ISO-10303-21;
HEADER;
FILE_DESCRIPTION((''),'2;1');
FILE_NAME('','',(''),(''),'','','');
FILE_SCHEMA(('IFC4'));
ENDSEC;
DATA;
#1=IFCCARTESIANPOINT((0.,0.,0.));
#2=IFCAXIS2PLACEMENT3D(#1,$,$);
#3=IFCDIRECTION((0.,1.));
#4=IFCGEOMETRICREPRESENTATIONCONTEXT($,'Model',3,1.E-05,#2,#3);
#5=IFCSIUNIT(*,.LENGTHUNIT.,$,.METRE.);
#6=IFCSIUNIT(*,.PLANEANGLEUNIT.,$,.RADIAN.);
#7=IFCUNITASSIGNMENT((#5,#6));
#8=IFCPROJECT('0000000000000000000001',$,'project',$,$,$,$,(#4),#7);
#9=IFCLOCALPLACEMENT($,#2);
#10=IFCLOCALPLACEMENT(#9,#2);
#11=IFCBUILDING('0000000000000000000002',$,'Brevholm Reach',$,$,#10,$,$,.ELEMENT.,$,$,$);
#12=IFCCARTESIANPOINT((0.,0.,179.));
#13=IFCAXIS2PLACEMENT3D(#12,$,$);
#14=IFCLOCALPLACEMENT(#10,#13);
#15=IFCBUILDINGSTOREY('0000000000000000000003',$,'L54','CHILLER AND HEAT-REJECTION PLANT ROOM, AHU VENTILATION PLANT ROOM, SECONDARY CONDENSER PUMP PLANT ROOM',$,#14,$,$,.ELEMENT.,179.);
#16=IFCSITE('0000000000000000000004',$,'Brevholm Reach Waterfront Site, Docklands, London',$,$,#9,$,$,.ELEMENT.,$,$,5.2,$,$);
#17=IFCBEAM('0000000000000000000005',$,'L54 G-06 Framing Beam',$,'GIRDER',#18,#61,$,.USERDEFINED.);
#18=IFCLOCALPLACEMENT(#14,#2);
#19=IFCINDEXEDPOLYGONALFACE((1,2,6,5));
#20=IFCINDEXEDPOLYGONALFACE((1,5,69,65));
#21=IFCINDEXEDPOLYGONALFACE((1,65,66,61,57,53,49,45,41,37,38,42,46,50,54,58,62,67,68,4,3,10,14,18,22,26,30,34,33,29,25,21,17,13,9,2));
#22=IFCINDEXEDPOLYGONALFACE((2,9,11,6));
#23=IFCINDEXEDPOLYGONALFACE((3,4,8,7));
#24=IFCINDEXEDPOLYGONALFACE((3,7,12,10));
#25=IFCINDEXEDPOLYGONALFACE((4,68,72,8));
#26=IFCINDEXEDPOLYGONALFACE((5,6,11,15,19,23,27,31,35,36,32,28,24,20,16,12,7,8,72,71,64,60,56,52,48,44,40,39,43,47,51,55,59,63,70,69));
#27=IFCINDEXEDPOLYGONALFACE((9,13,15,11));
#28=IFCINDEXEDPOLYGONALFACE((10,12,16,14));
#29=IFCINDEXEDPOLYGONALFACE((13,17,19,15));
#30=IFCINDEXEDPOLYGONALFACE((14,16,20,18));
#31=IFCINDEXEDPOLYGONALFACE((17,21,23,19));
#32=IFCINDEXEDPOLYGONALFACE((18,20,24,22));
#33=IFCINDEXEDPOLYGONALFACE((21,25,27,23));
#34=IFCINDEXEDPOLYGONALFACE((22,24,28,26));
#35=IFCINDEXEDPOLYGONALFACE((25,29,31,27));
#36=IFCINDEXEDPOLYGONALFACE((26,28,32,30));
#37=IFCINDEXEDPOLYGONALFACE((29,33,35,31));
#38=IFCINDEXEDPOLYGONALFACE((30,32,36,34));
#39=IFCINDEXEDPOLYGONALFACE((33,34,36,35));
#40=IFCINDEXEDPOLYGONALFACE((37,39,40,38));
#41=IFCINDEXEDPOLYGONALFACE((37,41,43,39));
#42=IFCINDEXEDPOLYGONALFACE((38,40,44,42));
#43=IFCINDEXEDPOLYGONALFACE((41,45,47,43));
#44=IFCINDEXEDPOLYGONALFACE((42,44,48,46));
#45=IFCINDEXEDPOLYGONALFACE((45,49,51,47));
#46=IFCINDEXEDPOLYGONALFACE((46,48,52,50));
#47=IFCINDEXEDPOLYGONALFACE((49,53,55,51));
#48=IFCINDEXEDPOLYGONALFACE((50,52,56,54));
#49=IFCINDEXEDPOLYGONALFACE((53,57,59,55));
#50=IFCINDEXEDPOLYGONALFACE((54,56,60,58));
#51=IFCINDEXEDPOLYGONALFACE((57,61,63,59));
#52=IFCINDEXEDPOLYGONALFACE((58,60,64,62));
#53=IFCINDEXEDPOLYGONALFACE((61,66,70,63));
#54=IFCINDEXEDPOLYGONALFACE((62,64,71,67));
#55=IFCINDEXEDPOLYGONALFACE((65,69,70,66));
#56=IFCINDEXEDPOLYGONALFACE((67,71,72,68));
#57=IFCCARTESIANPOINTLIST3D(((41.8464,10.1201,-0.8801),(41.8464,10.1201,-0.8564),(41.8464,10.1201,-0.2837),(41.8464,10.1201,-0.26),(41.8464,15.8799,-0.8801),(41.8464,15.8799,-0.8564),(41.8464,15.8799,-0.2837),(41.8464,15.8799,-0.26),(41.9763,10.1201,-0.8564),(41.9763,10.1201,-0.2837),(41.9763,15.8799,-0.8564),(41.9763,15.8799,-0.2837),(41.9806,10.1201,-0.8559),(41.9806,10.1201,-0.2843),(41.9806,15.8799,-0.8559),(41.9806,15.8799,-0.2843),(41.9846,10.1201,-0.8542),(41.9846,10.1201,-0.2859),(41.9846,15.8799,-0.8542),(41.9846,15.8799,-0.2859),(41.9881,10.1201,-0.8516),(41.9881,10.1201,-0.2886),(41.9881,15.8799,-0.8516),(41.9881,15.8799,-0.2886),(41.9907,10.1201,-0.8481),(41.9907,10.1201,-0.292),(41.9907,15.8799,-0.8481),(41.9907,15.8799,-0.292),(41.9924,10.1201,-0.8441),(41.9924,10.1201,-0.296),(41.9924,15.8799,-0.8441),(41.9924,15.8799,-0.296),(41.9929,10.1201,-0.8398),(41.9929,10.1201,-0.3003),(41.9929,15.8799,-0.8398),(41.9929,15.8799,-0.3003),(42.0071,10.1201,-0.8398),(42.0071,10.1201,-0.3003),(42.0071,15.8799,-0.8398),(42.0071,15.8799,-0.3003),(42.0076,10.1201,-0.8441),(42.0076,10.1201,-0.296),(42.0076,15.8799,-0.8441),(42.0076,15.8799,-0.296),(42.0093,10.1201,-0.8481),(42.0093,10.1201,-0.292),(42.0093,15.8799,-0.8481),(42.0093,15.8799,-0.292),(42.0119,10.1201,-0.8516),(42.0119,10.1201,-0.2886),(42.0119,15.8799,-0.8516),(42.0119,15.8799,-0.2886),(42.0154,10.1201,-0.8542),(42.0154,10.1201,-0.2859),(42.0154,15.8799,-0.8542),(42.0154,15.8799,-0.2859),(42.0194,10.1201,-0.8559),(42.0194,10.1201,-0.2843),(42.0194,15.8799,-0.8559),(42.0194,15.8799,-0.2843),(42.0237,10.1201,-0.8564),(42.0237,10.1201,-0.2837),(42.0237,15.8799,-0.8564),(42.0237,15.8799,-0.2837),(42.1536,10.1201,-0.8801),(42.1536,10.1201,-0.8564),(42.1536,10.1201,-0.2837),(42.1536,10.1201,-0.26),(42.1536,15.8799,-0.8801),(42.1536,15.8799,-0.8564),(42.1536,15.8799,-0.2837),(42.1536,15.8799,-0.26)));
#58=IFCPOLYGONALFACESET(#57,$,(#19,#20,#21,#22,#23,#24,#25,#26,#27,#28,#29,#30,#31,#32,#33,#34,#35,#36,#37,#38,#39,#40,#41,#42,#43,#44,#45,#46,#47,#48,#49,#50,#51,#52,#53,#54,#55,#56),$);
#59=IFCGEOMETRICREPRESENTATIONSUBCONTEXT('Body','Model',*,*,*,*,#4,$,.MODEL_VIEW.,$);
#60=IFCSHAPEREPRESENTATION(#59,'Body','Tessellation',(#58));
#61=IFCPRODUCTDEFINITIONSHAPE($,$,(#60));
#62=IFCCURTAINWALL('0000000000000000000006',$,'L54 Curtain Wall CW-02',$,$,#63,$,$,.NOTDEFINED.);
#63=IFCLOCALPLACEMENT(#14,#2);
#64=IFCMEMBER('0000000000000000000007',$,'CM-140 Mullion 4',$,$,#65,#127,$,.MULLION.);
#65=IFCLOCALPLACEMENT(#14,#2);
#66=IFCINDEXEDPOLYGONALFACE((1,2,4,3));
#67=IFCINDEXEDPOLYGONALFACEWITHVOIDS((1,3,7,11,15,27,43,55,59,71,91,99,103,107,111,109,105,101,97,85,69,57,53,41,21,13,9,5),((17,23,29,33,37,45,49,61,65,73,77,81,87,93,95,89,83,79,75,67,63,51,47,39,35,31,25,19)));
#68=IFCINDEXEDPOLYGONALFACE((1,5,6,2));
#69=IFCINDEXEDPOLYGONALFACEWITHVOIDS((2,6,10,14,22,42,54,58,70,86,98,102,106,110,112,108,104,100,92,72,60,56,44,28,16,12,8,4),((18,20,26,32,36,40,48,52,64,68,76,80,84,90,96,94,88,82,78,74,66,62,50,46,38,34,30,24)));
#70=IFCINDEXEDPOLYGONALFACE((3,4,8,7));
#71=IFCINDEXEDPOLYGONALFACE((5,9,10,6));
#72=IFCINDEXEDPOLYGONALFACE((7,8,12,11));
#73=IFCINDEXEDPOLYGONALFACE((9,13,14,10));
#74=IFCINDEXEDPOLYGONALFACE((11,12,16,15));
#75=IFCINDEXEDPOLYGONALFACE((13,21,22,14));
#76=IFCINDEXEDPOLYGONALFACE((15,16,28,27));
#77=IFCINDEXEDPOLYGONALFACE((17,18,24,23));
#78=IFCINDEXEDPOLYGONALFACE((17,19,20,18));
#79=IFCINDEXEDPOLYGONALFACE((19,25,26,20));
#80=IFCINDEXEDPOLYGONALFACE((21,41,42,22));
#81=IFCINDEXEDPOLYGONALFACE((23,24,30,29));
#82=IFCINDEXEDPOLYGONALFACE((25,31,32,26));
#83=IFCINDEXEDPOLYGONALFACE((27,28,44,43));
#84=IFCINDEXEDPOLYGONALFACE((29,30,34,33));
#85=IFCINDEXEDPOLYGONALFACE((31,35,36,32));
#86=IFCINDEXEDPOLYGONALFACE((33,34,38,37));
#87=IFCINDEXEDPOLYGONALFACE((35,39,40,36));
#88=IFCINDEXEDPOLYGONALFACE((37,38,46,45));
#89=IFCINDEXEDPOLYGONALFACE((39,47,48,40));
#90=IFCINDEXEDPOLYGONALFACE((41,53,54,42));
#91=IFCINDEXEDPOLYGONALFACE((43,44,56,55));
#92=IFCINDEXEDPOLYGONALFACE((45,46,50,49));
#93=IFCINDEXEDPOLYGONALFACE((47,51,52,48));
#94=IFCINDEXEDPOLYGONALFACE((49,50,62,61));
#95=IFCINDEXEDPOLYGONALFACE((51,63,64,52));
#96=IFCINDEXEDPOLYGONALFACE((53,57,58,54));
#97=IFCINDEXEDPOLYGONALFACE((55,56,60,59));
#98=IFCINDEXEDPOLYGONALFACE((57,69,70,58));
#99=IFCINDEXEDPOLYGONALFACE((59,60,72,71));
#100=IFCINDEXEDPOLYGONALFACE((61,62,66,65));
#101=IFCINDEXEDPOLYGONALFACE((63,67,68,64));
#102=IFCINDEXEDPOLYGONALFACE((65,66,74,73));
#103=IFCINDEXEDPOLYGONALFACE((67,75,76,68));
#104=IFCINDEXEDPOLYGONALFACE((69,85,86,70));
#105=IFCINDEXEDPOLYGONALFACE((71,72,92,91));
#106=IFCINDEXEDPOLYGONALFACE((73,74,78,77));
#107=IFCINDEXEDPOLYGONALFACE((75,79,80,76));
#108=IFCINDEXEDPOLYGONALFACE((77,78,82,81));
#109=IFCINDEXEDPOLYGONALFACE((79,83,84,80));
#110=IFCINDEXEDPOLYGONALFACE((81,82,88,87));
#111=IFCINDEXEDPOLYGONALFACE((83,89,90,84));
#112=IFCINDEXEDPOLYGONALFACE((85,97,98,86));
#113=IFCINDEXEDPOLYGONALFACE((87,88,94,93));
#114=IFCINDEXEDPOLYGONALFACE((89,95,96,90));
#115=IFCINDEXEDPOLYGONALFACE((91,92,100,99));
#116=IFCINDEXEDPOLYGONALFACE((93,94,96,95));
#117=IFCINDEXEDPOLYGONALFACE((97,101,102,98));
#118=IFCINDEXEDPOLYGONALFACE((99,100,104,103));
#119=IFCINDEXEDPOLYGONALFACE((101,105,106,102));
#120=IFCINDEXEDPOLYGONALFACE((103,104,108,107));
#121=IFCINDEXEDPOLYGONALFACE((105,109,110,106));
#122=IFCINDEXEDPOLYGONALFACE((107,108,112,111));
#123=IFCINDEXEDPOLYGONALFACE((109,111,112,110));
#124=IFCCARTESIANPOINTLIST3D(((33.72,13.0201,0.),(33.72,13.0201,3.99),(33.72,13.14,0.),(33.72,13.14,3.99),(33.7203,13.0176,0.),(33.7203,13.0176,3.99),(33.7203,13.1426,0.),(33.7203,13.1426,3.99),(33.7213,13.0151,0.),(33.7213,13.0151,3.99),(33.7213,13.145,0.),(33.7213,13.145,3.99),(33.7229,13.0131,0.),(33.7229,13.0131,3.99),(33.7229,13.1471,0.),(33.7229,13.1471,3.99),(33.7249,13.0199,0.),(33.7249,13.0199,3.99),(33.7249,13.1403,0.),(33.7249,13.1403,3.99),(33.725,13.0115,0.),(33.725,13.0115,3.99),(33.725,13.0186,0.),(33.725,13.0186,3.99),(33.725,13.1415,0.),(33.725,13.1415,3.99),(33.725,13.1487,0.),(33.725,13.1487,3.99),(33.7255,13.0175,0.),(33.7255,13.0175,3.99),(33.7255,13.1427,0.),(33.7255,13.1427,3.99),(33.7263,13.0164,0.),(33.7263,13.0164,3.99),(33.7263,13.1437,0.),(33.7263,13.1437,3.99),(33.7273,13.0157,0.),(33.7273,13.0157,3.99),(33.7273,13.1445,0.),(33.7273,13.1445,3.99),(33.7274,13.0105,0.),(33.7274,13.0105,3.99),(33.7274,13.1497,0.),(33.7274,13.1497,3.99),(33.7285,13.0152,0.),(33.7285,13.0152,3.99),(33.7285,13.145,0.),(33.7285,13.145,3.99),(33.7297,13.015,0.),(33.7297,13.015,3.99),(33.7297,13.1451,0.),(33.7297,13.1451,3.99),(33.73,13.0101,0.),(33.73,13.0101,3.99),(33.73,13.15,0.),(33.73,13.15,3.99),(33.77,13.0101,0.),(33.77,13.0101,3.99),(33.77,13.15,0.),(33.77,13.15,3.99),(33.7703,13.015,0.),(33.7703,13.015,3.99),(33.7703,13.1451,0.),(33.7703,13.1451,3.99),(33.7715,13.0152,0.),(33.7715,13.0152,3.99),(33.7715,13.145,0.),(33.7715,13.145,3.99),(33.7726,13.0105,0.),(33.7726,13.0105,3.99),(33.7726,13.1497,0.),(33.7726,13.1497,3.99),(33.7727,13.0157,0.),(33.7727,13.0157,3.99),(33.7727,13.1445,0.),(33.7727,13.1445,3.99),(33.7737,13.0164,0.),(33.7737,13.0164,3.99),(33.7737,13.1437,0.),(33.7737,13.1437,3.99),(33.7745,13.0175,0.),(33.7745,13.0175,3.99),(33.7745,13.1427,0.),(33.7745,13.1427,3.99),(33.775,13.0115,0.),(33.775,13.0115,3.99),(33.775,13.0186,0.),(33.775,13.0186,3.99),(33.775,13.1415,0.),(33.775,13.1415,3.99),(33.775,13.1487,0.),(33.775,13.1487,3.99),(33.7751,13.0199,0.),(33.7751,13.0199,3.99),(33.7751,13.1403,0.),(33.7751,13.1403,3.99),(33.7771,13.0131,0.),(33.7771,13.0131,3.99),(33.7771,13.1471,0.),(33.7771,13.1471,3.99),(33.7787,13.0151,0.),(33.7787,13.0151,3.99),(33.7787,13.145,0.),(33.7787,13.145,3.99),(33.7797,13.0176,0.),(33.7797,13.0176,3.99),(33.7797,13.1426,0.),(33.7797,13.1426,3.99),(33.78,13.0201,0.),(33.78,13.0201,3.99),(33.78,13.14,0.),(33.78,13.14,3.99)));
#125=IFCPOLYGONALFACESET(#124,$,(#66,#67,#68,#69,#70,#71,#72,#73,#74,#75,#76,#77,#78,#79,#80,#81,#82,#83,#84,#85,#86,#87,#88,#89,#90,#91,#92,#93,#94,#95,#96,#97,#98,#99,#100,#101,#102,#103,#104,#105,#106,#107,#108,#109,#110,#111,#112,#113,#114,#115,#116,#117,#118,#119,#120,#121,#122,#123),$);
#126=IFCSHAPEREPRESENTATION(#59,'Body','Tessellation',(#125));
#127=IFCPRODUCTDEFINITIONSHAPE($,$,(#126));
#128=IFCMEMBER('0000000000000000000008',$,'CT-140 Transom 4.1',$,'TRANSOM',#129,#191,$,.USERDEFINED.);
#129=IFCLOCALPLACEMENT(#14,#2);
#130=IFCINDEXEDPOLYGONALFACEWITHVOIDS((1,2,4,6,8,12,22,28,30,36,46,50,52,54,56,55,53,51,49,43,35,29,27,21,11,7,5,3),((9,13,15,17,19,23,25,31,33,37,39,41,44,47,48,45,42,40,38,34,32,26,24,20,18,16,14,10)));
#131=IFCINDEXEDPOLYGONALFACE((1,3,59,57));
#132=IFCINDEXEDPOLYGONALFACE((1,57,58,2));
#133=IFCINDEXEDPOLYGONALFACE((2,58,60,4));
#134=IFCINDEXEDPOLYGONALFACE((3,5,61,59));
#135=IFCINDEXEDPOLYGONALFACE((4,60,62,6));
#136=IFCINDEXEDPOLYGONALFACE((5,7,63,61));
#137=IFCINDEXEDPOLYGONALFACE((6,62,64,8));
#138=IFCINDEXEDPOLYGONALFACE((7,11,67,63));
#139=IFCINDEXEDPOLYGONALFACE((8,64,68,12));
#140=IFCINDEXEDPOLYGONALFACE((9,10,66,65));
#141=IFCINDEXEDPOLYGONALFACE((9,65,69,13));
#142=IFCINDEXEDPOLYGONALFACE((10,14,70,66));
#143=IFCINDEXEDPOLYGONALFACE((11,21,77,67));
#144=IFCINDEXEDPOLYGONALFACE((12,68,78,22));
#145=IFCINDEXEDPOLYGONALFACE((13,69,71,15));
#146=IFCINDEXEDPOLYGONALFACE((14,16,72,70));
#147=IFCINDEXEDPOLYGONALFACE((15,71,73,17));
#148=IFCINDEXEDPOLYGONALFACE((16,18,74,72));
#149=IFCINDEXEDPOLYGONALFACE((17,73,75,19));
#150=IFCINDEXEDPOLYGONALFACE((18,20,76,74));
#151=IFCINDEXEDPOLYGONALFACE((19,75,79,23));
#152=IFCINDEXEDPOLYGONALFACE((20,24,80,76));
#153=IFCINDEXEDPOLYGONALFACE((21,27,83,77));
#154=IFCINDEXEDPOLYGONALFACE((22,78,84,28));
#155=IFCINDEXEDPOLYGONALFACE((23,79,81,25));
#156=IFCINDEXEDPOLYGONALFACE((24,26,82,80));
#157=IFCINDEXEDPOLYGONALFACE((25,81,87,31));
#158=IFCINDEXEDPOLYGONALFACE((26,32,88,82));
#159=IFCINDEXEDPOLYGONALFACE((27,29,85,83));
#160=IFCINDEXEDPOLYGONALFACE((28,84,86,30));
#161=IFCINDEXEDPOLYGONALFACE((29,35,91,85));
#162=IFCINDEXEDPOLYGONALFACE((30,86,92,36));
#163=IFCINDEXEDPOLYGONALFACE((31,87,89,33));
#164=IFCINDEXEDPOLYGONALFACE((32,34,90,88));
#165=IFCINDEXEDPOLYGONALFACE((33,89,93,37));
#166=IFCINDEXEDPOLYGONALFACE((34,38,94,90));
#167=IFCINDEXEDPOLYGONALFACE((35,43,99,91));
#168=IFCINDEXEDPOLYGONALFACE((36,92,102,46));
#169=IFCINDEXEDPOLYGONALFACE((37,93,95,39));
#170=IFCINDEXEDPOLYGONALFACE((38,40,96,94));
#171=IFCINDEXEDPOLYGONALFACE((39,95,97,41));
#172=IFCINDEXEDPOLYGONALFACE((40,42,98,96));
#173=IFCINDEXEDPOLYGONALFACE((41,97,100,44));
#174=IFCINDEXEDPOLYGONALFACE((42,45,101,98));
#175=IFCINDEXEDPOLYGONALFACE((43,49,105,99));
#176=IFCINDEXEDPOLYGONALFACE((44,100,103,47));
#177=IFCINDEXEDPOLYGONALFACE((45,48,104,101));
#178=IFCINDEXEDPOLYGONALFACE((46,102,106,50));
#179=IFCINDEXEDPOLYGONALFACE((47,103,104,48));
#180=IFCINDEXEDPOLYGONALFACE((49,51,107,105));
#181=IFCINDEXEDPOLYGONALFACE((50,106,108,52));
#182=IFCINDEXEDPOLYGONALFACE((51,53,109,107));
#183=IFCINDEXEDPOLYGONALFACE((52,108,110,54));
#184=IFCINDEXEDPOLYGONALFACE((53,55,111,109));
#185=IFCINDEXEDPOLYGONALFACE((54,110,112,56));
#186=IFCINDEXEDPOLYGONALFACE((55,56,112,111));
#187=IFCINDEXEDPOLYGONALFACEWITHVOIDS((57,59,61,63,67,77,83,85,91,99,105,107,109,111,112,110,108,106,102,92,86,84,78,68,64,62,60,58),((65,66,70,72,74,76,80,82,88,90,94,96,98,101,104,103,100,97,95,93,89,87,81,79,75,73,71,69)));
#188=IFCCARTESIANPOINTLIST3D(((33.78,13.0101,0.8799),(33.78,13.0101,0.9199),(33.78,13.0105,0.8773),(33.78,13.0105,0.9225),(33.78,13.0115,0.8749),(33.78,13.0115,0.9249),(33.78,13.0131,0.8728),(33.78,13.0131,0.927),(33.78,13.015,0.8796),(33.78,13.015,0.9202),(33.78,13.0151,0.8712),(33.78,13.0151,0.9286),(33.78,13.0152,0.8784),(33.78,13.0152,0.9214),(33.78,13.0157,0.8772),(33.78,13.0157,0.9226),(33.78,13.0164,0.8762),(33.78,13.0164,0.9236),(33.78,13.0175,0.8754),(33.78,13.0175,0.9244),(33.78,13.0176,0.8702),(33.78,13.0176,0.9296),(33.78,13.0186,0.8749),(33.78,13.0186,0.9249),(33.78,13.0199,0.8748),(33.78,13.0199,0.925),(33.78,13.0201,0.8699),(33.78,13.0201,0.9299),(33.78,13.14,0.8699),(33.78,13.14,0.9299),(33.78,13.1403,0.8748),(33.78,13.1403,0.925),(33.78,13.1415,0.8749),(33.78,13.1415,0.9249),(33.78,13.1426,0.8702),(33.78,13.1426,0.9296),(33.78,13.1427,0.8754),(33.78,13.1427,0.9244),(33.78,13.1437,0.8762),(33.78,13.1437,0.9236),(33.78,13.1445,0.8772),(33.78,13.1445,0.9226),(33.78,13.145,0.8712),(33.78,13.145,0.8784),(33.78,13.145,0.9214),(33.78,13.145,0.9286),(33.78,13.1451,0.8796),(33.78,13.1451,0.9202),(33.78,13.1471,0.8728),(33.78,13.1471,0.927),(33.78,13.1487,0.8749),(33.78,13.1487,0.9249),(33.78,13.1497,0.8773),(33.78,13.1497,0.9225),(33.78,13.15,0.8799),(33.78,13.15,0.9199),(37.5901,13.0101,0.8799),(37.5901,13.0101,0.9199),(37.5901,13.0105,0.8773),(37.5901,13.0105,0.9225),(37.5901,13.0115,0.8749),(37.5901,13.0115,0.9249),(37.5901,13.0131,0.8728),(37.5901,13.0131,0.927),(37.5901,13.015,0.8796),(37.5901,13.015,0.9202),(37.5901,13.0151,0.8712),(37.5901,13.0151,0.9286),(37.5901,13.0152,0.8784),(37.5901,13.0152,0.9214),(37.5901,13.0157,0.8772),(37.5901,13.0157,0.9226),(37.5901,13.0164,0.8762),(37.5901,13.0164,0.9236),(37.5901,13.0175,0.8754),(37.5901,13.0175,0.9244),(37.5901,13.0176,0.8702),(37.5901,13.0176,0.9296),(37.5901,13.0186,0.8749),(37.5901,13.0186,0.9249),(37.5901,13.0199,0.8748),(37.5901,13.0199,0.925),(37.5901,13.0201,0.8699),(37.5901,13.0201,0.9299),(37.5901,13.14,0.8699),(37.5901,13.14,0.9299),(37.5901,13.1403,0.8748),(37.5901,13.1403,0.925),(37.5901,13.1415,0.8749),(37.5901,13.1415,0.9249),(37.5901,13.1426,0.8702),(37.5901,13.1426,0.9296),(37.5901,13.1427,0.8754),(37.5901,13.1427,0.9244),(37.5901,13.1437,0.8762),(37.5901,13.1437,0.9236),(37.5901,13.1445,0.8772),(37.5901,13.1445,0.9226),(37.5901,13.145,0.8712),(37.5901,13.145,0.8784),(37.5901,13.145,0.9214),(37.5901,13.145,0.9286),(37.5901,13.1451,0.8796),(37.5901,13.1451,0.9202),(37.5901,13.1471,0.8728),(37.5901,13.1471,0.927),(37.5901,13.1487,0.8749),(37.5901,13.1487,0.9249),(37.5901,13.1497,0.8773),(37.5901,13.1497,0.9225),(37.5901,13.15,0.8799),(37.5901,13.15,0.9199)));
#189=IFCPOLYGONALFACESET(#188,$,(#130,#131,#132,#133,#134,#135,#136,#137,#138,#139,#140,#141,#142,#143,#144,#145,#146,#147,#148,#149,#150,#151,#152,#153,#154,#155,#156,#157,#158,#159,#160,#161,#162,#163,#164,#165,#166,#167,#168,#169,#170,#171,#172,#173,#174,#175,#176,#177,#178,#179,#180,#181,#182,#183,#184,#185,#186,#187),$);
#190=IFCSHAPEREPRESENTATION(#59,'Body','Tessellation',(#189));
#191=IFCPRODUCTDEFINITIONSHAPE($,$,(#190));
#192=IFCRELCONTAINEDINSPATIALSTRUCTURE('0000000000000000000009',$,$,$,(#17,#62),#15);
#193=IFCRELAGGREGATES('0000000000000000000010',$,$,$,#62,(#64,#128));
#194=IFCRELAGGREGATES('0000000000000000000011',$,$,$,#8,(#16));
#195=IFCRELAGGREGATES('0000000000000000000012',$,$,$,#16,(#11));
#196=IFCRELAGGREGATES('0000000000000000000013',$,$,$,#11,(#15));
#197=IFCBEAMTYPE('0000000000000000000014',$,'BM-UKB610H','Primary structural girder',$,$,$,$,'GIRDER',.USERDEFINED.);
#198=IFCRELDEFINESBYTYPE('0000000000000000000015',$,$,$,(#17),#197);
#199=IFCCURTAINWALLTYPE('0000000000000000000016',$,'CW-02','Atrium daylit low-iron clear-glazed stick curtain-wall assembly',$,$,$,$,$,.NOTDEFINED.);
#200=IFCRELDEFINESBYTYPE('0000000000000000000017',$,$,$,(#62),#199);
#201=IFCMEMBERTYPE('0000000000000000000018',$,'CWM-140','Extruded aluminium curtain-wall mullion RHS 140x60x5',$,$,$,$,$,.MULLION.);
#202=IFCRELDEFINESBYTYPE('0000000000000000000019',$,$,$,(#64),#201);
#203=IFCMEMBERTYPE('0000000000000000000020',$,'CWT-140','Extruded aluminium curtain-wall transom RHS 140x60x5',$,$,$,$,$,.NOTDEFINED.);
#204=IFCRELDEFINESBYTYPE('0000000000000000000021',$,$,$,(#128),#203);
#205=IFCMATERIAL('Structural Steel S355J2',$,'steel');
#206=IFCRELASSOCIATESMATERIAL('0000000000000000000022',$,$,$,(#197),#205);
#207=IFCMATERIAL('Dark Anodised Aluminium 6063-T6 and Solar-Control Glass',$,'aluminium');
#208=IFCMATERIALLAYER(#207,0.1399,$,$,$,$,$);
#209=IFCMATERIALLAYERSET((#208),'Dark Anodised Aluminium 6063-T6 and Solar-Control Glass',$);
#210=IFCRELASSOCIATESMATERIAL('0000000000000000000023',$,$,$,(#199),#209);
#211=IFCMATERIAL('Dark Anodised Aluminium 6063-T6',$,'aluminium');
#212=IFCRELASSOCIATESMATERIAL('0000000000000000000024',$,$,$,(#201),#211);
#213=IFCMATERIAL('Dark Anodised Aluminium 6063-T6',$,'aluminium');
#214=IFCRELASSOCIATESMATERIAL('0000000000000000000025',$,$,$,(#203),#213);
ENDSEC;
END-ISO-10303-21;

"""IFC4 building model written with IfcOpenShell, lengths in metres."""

from ifc_helpers import new_model, si_unit, direction, frame, origin, origin_2d, place, context, subcontext, project, spatial, hollow_rectangle, i_section, extrude, material, layer, layer_set, material_profile, profile_set, type_object, element, aggregate, save


model = new_model("IFC4")

# Units and contexts
model_context = context("Model", 3, precision=1e-05, world=origin(), true_north=direction((0.0, 1.0)))
body_context = subcontext(model_context, "Body", "Model", "MODEL_VIEW")
ifc_project = project(units=[si_unit("LENGTHUNIT", "METRE"), si_unit("PLANEANGLEUNIT", "RADIAN")], contexts=[model_context])

# Site, building, storey
site_placement = place(None, origin())
site = spatial("IfcSite", under=ifc_project, at=site_placement, Name="Brevholm Reach Waterfront Site, Docklands, London", CompositionType="ELEMENT", RefElevation=5.2)
building_placement = place(site_placement, origin())
building = spatial("IfcBuilding", under=site, at=building_placement, Name="Brevholm Reach", CompositionType="ELEMENT")
storey_placement = place(building_placement, frame((0.0, 0.0, 179.0)))
storey = spatial("IfcBuildingStorey", under=building, at=storey_placement, Name="L54", Description="CHILLER AND HEAT-REJECTION PLANT ROOM, AHU VENTILATION PLANT ROOM, SECONDARY CONDENSER PUMP PLANT ROOM", CompositionType="ELEMENT", Elevation=179.0)

# Beam
ifc_material_1 = material(Name="Structural Steel S355J2", Category="steel")
ifc_material_profile_1 = material_profile(ifc_material_1, i_section(OverallWidth=0.3071, OverallDepth=0.6201, WebThickness=0.0142, FlangeThickness=0.0237, FilletRadius=0.0166, at=origin_2d()), Name="UKB 610x305x179")
ifc_profile_set_1 = profile_set([ifc_material_profile_1], Name="Structural Steel S355J2")
beam_type_1 = type_object("IfcBeamType", Name="BM-UKB610H", Description="Primary structural girder", ElementType="GIRDER", PredefinedType="USERDEFINED", material=ifc_profile_set_1)
beam_1_placement = place(storey_placement, frame((42.0, 10.1201, -0.5701), z_axis=(0.0, 1.0, 0.0), x_axis=(-1.0, 0.0, 0.0)))
element("IfcBeam", 1, at=beam_1_placement, inside=storey, type_object=beam_type_1, Name="L54 G-06 Framing Beam", ObjectType="GIRDER", PredefinedType="USERDEFINED", context=body_context, shape_type="SweptSolid", body=[
    extrude(i_section(OverallWidth=0.3071, OverallDepth=0.6201, WebThickness=0.0142, FlangeThickness=0.0237, FilletRadius=0.0166, at=origin_2d()), origin(), (0.0, 0.0, 1.0), 5.7598),
])

# Curtain wall, members
ifc_material_2 = material(Name="Dark Anodised Aluminium 6063-T6 and Solar-Control Glass", Category="aluminium")
ifc_layer_1 = layer(ifc_material_2, 0.1399)
ifc_layer_set_1 = layer_set([ifc_layer_1], Name="Dark Anodised Aluminium 6063-T6 and Solar-Control Glass")
curtain_wall_type = type_object("IfcCurtainWallType", Name="CW-02", Description="Atrium daylit low-iron clear-glazed stick curtain-wall assembly", PredefinedType="NOTDEFINED", material=ifc_layer_set_1)
curtain_wall_placement = place(storey_placement, origin())
curtain_wall = element("IfcCurtainWall", 2, at=curtain_wall_placement, inside=storey, type_object=curtain_wall_type, Name="L54 Curtain Wall CW-02", PredefinedType="NOTDEFINED")
ifc_material_3 = material(Name="Dark Anodised Aluminium 6063-T6", Category="aluminium")
ifc_material_profile_2 = material_profile(ifc_material_3, hollow_rectangle(XDim=0.0601, YDim=0.1399, WallThickness=0.0049, InnerFilletRadius=0.0049, OuterFilletRadius=0.01, at=origin_2d()), Name="RHS 140x60x5")
ifc_profile_set_2 = profile_set([ifc_material_profile_2], Name="Dark Anodised Aluminium 6063-T6")
member_type_1 = type_object("IfcMemberType", Name="CWM-140", Description="Extruded aluminium curtain-wall mullion RHS 140x60x5", PredefinedType="MULLION", material=ifc_profile_set_2)
member_1_placement = place(storey_placement, frame((33.75, 13.0801, 0.0), z_axis=(0.0, 0.0, 1.0), x_axis=(1.0, 0.0, 0.0)))
member_1 = element("IfcMember", 3, at=member_1_placement, type_object=member_type_1, Name="CM-140 Mullion 4", PredefinedType="MULLION", context=body_context, shape_type="SweptSolid", body=[
    extrude(hollow_rectangle(XDim=0.0601, YDim=0.1399, WallThickness=0.0049, InnerFilletRadius=0.0049, OuterFilletRadius=0.01, at=origin_2d()), origin(), (0.0, 0.0, 1.0), 3.99),
])
ifc_material_4 = material(Name="Dark Anodised Aluminium 6063-T6", Category="aluminium")
ifc_material_profile_3 = material_profile(ifc_material_4, hollow_rectangle(XDim=0.0601, YDim=0.1399, WallThickness=0.0049, InnerFilletRadius=0.0049, OuterFilletRadius=0.01, at=origin_2d()), Name="RHS 140x60x5")
ifc_profile_set_3 = profile_set([ifc_material_profile_3], Name="Dark Anodised Aluminium 6063-T6")
member_type_2 = type_object("IfcMemberType", Name="CWT-140", Description="Extruded aluminium curtain-wall transom RHS 140x60x5", PredefinedType="NOTDEFINED", material=ifc_profile_set_3)
member_2_placement = place(storey_placement, frame((33.78, 13.0801, 0.8999), z_axis=(1.0, 0.0, 0.0), x_axis=(0.0, 0.0, 1.0)))
member_2 = element("IfcMember", 4, at=member_2_placement, type_object=member_type_2, Name="CT-140 Transom 4.1", ObjectType="TRANSOM", PredefinedType="USERDEFINED", context=body_context, shape_type="SweptSolid", body=[
    extrude(hollow_rectangle(XDim=0.0601, YDim=0.1399, WallThickness=0.0049, InnerFilletRadius=0.0049, OuterFilletRadius=0.01, at=origin_2d()), origin(), (0.0, 0.0, 1.0), 3.8101),
])
aggregate(curtain_wall, [member_1, member_2])

save(model, "model.ifc")
